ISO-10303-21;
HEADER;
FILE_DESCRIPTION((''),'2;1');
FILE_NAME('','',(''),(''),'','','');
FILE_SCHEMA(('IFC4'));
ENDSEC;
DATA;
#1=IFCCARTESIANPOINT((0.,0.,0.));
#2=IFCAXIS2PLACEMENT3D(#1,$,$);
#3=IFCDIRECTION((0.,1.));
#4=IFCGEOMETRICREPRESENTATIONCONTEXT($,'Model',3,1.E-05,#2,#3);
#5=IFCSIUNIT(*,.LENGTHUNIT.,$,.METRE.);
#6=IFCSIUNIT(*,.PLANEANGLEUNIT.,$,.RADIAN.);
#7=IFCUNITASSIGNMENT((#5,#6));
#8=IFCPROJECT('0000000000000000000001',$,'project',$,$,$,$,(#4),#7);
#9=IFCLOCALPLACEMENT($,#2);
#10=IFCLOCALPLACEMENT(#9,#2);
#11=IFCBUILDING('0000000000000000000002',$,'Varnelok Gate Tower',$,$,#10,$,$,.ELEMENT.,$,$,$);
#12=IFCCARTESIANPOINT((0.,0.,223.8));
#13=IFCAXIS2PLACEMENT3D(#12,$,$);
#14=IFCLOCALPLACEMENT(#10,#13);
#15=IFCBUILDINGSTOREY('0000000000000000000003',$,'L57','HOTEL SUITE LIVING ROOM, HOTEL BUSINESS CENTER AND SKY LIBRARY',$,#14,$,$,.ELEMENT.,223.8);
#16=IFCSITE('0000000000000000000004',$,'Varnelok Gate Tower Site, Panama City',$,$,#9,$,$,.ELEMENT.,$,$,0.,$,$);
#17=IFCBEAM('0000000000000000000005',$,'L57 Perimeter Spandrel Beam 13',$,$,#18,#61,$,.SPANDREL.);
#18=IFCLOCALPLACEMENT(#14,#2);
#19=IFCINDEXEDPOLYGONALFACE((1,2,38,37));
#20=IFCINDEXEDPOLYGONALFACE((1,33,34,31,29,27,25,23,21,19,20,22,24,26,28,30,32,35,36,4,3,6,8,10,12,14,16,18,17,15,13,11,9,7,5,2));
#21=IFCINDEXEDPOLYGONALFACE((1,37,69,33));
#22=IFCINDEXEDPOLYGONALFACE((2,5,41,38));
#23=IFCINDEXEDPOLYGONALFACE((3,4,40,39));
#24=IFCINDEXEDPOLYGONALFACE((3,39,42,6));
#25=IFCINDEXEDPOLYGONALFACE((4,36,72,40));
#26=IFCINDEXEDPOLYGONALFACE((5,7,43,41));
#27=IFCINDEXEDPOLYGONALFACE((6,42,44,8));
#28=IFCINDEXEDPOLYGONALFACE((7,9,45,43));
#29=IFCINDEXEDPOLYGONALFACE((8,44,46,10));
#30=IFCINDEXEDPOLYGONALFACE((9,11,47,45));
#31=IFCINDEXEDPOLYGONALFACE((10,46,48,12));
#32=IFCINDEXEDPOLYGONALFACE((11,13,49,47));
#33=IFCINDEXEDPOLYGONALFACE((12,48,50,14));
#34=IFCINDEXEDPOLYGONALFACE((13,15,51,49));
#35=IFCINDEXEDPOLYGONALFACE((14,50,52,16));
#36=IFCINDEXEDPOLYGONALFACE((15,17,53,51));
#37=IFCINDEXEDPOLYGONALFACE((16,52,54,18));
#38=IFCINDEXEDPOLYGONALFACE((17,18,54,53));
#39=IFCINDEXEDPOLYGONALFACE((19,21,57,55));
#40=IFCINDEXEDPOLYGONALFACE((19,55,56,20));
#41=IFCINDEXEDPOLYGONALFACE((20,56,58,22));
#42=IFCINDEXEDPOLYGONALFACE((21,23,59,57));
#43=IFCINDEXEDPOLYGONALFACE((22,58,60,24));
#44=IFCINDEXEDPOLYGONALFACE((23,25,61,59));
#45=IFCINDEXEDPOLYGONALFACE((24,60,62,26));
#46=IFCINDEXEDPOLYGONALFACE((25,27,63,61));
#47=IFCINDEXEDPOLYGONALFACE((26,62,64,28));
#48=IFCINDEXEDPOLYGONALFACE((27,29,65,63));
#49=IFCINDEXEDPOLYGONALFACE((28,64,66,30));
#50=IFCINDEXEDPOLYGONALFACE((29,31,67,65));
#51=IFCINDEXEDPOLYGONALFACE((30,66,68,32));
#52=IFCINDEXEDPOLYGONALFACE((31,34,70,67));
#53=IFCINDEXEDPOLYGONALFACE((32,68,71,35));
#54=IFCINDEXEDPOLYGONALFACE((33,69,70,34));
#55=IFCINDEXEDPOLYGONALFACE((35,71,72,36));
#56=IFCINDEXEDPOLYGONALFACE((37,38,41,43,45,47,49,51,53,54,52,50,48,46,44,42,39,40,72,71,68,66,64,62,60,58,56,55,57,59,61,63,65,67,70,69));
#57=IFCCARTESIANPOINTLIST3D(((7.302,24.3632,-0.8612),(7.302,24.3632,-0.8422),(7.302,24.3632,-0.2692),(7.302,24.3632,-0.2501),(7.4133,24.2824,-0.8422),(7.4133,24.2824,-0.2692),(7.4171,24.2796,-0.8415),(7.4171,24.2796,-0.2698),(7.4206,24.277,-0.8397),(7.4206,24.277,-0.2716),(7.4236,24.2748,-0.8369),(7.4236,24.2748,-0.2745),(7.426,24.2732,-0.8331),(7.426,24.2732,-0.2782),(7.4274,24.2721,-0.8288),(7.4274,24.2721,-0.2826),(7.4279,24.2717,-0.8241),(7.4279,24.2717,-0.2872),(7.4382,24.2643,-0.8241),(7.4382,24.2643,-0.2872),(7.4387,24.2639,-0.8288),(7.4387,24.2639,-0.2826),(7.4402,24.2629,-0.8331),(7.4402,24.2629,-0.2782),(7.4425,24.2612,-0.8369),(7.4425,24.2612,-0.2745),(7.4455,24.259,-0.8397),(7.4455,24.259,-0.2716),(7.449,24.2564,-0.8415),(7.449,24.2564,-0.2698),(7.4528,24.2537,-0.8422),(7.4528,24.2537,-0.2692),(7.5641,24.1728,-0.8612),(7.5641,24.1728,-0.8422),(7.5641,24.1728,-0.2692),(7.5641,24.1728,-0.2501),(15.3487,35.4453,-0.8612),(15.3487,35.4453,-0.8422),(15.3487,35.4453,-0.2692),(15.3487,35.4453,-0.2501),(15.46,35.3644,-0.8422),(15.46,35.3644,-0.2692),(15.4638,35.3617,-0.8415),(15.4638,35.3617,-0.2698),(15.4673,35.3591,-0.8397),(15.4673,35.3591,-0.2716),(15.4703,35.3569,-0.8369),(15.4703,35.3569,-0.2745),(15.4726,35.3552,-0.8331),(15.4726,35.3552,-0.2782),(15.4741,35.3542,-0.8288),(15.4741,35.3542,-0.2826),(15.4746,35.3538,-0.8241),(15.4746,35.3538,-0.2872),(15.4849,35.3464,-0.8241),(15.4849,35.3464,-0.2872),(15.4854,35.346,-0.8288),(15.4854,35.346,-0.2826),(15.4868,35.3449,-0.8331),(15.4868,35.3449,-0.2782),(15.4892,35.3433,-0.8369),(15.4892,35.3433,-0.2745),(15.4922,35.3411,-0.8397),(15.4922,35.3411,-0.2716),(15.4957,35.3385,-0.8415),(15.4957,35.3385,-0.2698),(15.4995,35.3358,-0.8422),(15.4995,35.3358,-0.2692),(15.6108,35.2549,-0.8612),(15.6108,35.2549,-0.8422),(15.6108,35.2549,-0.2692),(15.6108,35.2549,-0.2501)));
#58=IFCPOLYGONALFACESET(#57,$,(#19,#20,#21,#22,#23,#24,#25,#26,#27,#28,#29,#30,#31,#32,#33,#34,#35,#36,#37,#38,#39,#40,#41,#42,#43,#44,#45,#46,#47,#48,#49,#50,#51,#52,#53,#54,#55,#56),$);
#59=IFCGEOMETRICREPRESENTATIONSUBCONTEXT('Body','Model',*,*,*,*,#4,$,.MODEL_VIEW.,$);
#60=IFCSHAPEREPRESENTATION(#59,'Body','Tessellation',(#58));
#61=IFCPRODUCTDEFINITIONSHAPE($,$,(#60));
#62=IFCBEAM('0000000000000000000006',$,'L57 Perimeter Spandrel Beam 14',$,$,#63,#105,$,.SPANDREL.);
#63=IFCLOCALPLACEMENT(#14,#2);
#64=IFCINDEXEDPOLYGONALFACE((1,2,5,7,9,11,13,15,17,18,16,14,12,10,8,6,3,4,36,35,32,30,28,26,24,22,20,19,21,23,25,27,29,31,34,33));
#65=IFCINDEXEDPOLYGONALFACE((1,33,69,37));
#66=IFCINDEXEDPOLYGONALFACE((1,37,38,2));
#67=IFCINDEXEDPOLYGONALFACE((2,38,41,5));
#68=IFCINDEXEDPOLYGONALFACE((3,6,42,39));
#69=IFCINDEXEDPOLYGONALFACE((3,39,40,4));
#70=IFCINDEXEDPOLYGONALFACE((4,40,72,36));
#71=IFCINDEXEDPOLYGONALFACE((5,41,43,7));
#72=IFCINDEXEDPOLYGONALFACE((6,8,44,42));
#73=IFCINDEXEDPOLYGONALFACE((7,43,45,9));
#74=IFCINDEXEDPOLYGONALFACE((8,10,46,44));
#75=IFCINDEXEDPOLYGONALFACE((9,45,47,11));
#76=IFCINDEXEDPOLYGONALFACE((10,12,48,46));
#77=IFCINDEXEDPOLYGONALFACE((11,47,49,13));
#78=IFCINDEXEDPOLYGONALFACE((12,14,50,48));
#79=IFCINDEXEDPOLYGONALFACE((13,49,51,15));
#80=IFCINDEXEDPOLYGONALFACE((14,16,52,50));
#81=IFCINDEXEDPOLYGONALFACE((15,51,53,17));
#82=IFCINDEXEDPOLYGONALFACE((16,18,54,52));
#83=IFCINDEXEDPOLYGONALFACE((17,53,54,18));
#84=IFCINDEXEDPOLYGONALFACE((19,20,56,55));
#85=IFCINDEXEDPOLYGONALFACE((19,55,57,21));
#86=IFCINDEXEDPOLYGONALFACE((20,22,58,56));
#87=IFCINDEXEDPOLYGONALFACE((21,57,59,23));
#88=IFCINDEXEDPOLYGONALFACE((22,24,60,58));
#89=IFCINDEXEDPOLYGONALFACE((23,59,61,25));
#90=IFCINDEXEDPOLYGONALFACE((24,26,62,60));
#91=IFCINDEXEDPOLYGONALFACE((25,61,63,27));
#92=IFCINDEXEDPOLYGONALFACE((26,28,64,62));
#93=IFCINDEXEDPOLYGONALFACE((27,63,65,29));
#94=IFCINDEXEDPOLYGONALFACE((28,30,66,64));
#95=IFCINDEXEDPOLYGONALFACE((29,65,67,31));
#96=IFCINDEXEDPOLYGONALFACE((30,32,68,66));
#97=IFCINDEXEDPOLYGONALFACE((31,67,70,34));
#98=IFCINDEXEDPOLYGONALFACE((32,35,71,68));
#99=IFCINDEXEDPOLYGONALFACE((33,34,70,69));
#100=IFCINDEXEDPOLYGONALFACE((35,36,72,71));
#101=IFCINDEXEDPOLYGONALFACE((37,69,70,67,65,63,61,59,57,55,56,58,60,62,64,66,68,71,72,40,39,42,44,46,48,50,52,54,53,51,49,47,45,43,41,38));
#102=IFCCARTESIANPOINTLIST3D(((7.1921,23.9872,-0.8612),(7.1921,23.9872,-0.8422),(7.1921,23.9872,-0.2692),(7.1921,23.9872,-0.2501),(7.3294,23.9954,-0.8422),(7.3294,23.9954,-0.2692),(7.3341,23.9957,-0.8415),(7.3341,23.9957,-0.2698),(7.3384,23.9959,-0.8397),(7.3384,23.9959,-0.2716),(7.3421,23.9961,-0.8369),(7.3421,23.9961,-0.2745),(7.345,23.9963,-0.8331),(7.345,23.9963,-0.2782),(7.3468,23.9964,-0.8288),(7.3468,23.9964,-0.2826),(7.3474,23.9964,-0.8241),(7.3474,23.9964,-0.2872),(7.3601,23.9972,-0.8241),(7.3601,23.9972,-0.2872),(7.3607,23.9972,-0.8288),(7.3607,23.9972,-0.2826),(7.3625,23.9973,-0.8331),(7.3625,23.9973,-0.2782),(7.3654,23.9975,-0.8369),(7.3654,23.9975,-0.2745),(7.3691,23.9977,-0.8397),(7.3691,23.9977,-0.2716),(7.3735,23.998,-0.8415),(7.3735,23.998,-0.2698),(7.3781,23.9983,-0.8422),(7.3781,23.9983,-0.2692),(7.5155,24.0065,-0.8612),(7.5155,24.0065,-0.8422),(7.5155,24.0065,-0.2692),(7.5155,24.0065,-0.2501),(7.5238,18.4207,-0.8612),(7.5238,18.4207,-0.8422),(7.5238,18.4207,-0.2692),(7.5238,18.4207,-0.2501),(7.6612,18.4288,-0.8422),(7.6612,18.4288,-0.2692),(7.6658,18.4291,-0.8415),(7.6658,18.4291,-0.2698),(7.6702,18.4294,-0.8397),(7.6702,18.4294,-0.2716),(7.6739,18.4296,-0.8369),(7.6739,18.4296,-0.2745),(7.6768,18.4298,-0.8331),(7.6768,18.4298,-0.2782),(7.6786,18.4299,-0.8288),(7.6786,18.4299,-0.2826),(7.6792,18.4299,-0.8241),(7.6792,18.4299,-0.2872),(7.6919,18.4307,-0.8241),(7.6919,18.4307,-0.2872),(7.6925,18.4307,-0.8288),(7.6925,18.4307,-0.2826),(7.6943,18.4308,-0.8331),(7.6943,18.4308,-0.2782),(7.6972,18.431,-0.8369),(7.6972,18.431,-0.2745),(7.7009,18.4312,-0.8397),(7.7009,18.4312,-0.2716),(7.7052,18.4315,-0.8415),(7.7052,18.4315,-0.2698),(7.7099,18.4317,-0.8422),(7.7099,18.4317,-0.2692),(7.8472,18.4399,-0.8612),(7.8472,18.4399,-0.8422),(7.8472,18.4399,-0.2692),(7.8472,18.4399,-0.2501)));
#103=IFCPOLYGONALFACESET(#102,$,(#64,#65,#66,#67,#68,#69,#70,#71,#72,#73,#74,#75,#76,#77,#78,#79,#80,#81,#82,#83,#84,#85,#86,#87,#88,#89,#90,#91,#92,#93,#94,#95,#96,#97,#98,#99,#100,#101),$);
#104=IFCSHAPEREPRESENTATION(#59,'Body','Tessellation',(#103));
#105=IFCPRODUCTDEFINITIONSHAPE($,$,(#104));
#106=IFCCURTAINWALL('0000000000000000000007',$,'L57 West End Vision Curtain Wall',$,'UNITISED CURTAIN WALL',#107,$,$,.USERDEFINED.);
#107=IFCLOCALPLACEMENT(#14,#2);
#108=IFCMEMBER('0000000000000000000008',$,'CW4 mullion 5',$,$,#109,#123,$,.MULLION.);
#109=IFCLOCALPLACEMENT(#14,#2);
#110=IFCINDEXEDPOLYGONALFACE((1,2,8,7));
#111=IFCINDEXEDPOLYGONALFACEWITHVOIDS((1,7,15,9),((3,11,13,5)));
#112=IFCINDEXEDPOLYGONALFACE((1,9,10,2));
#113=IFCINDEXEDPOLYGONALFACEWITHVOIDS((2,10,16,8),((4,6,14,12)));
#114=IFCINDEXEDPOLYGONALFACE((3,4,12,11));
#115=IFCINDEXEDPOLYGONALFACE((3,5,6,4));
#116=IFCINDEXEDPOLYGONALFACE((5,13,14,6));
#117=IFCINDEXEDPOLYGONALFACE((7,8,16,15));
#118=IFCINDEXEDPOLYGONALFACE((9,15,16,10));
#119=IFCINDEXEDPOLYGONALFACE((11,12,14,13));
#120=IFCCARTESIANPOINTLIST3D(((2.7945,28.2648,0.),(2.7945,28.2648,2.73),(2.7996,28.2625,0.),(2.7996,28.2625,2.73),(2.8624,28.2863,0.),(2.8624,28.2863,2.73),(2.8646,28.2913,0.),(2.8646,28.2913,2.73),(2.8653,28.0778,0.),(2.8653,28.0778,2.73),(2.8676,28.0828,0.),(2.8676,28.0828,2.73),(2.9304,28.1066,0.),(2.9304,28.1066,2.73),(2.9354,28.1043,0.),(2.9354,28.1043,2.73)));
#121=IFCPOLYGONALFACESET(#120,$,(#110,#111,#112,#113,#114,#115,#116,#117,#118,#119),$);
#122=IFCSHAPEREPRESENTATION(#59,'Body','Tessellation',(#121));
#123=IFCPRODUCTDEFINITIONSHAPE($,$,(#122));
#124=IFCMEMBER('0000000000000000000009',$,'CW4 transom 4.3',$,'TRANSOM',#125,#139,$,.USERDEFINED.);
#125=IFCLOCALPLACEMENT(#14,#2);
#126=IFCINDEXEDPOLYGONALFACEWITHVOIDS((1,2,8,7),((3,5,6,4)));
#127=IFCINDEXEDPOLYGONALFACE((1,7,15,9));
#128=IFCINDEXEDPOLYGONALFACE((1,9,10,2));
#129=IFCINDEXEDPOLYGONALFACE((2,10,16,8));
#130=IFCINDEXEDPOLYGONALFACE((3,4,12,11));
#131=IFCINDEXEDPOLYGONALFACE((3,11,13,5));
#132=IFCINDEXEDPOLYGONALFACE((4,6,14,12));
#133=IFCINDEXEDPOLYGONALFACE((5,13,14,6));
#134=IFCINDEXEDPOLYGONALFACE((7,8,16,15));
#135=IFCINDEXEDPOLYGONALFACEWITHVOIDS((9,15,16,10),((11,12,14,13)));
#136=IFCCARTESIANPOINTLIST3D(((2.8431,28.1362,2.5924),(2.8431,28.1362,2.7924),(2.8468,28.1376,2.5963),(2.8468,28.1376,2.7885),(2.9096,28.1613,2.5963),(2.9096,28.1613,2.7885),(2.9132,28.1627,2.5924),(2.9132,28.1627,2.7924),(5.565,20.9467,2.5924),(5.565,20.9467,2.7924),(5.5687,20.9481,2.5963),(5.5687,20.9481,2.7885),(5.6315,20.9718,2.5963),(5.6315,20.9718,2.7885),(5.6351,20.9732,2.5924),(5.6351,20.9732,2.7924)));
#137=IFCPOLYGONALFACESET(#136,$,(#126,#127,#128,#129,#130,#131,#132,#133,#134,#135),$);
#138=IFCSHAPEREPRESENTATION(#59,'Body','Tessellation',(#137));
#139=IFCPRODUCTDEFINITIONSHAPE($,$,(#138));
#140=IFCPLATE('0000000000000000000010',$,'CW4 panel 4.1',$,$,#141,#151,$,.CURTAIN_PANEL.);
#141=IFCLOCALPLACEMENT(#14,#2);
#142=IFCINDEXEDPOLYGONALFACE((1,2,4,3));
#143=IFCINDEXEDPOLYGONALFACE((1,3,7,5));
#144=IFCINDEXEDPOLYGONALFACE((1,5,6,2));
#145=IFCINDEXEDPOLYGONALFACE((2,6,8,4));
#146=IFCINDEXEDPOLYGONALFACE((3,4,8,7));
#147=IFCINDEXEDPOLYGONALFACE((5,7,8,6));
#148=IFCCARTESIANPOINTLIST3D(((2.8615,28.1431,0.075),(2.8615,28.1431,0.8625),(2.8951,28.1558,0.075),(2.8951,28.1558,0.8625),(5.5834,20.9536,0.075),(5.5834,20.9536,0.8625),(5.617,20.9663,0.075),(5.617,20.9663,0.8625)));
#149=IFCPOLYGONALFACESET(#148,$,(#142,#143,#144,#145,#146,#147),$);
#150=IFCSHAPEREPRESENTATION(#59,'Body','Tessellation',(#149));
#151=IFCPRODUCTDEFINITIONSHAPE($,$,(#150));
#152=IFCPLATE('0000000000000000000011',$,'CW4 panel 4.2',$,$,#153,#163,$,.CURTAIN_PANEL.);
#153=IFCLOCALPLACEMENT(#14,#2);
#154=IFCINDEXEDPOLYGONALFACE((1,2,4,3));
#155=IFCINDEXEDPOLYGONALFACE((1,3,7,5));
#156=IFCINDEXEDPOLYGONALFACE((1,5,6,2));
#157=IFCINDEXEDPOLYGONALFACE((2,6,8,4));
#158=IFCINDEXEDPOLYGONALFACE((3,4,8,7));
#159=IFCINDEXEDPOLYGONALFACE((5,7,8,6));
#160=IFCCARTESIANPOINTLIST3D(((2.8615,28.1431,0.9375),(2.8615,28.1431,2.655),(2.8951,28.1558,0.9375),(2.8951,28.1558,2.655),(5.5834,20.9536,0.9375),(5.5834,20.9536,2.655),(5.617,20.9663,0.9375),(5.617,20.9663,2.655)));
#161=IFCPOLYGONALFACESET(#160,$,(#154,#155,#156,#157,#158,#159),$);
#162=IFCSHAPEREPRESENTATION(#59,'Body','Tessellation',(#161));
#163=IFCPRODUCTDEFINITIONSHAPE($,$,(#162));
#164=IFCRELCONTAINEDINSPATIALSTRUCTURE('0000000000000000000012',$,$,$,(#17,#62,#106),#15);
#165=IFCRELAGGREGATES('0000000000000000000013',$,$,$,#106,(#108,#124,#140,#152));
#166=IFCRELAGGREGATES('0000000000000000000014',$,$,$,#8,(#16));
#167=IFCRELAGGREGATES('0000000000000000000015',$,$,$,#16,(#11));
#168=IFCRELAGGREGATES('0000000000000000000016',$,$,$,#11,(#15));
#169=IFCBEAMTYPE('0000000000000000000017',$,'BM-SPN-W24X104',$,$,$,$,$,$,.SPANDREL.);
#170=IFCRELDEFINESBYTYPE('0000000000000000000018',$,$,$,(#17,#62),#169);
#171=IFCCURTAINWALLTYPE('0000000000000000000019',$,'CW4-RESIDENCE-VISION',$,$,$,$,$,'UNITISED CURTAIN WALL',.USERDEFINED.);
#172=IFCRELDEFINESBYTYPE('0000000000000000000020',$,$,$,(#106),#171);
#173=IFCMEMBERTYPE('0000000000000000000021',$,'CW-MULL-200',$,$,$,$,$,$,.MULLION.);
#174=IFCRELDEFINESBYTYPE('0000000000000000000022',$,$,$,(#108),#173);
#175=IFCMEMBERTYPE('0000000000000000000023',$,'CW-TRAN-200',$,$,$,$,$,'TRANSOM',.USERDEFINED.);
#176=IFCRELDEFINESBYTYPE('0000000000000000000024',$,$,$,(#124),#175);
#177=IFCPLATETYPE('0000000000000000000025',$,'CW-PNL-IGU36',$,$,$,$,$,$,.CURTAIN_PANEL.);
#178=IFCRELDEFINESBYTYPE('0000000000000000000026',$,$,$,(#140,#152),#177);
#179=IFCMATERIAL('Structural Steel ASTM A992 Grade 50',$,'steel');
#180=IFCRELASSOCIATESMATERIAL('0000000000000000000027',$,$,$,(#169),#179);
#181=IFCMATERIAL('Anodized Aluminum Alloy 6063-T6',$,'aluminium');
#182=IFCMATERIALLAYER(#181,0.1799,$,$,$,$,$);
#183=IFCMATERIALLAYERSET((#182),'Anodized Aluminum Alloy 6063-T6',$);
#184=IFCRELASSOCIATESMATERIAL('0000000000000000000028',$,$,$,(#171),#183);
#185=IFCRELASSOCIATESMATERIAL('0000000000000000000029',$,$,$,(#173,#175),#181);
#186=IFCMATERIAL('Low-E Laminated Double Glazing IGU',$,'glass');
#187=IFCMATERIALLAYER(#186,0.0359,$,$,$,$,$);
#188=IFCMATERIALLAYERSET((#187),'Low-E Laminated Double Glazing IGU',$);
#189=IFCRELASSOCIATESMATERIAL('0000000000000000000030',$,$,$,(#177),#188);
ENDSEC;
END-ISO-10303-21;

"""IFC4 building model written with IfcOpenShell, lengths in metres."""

from ifc_helpers import new_model, si_unit, direction, frame, origin, origin_2d, place, context, subcontext, project, spatial, rectangle, hollow_rectangle, i_section, extrude, source, transform, mapped, material, layer, layer_set, material_profile, profile_set, type_object, element, aggregate, save


model = new_model("IFC4")

# Units and contexts
model_context = context("Model", 3, precision=1e-05, world=origin(), true_north=direction((0.0, 1.0)))
body_context = subcontext(model_context, "Body", "Model", "MODEL_VIEW")
ifc_project = project(units=[si_unit("LENGTHUNIT", "METRE"), si_unit("PLANEANGLEUNIT", "RADIAN")], contexts=[model_context])

# Site, building, storey
site_placement = place(None, origin())
site = spatial("IfcSite", under=ifc_project, at=site_placement, Name="Varnelok Gate Tower Site, Panama City", CompositionType="ELEMENT", RefElevation=0.0)
building_placement = place(site_placement, origin())
building = spatial("IfcBuilding", under=site, at=building_placement, Name="Varnelok Gate Tower", CompositionType="ELEMENT")
storey_placement = place(building_placement, frame((0.0, 0.0, 223.8)))
storey = spatial("IfcBuildingStorey", under=building, at=storey_placement, Name="L57", Description="HOTEL SUITE LIVING ROOM, HOTEL BUSINESS CENTER AND SKY LIBRARY", CompositionType="ELEMENT", Elevation=223.8)

# Shared definitions
ifc_material_1 = material(Name="Structural Steel ASTM A992 Grade 50", Category="steel")

# Beams
ifc_material_profile_1 = material_profile(ifc_material_1, i_section(OverallWidth=0.324, OverallDepth=0.6111, WebThickness=0.0127, FlangeThickness=0.019, FilletRadius=0.0181, at=origin_2d()), Name="W24X104")
ifc_profile_set_1 = profile_set([ifc_material_profile_1], Name="Structural Steel ASTM A992 Grade 50")
beam_type_1 = type_object("IfcBeamType", Name="BM-SPN-W24X104", PredefinedType="SPANDREL", material=ifc_profile_set_1)
beam_1_placement = place(storey_placement, frame((15.4797, 35.3501, -0.5557), z_axis=(-0.587549, -0.809188, 0.0), x_axis=(0.809188, -0.587549, 0.0)))
element("IfcBeam", 1, at=beam_1_placement, inside=storey, type_object=beam_type_1, Name="L57 Perimeter Spandrel Beam 13", PredefinedType="SPANDREL", context=body_context, shape_type="SweptSolid", body=[
    extrude(i_section(OverallWidth=0.324, OverallDepth=0.6111, WebThickness=0.0127, FlangeThickness=0.019, FilletRadius=0.0181, at=origin_2d()), origin(), (0.0, 0.0, 1.0), 13.6953),
])
beam_2_placement = place(storey_placement, frame((7.3538, 23.9968, -0.5557), z_axis=(0.059497, -0.998228, 0.0), x_axis=(0.998228, 0.059497, 0.0)))
element("IfcBeam", 2, at=beam_2_placement, inside=storey, type_object=beam_type_1, Name="L57 Perimeter Spandrel Beam 14", PredefinedType="SPANDREL", context=body_context, shape_type="SweptSolid", body=[
    extrude(i_section(OverallWidth=0.324, OverallDepth=0.6111, WebThickness=0.0127, FlangeThickness=0.019, FilletRadius=0.0181, at=origin_2d()), origin(), (0.0, 0.0, 1.0), 5.5764),
])

# Curtain wall, members, plates
ifc_material_2 = material(Name="Anodized Aluminum Alloy 6063-T6", Category="aluminium")
ifc_layer_1 = layer(ifc_material_2, 0.1799)
ifc_layer_set_1 = layer_set([ifc_layer_1], Name="Anodized Aluminum Alloy 6063-T6")
curtain_wall_type = type_object("IfcCurtainWallType", Name="CW4-RESIDENCE-VISION", ElementType="UNITISED CURTAIN WALL", PredefinedType="USERDEFINED", material=ifc_layer_set_1)
curtain_wall_placement = place(storey_placement, origin())
curtain_wall = element("IfcCurtainWall", 3, at=curtain_wall_placement, inside=storey, type_object=curtain_wall_type, Name="L57 West End Vision Curtain Wall", ObjectType="UNITISED CURTAIN WALL", PredefinedType="USERDEFINED")
ifc_material_profile_2 = material_profile(ifc_material_2, hollow_rectangle(XDim=0.075, YDim=0.2, WallThickness=0.0039, at=origin_2d()), Name="ALU200X75X4")
ifc_profile_set_2 = profile_set([ifc_material_profile_2], Name="Anodized Aluminum Alloy 6063-T6")
member_type_1 = type_object("IfcMemberType", Name="CW-MULL-200", PredefinedType="MULLION", material=ifc_profile_set_2)
member_1_placement = place(storey_placement, frame((2.865, 28.1846, 0.0), z_axis=(0.0, 0.0, 1.0), x_axis=(-0.935222, -0.354063, 0.0)))
member_1 = element("IfcMember", 4, at=member_1_placement, type_object=member_type_1, Name="CW4 mullion 5", PredefinedType="MULLION", context=body_context, shape_type="SweptSolid", body=[
    extrude(hollow_rectangle(XDim=0.075, YDim=0.2, WallThickness=0.0039, at=origin_2d()), origin(), (0.0, 0.0, 1.0), 2.73),
])
ifc_material_profile_3 = material_profile(ifc_material_2, hollow_rectangle(XDim=0.075, YDim=0.2, WallThickness=0.0039, at=origin_2d()), Name="ALU200X75X4")
ifc_profile_set_3 = profile_set([ifc_material_profile_3], Name="Anodized Aluminum Alloy 6063-T6")
member_type_2 = type_object("IfcMemberType", Name="CW-TRAN-200", ElementType="TRANSOM", PredefinedType="USERDEFINED", material=ifc_profile_set_3)
member_2_placement = place(storey_placement, frame((5.6001, 20.96, 2.6924), z_axis=(-0.354073, 0.935218, 0.0), x_axis=(-0.935218, -0.354073, 0.0)))
member_2 = element("IfcMember", 5, at=member_2_placement, type_object=member_type_2, Name="CW4 transom 4.3", ObjectType="TRANSOM", PredefinedType="USERDEFINED", context=body_context, shape_type="SweptSolid", body=[
    extrude(hollow_rectangle(XDim=0.075, YDim=0.2, WallThickness=0.0039, at=origin_2d()), origin(), (0.0, 0.0, 1.0), 7.6875),
])
ifc_material_3 = material(Name="Low-E Laminated Double Glazing IGU", Category="glass")
ifc_layer_2 = layer(ifc_material_3, 0.0359)
ifc_layer_set_2 = layer_set([ifc_layer_2], Name="Low-E Laminated Double Glazing IGU")
plate_type = type_object("IfcPlateType", Name="CW-PNL-IGU36", PredefinedType="CURTAIN_PANEL", material=ifc_layer_set_2)
shared_shape_1 = source(origin(), body_context, "Body", "SweptSolid", [
    extrude(rectangle(XDim=7.6875, YDim=0.0359, at=origin_2d()), origin(), (0.0, 0.0, 1.0), 0.7876),
])
plate_1_placement = place(storey_placement, frame((4.2393, 24.5547, 0.075), z_axis=(0.0, 0.0, 1.0), x_axis=(-0.354063, 0.935222, 0.0)))
plate_1 = element("IfcPlate", 6, at=plate_1_placement, type_object=plate_type, Name="CW4 panel 4.1", PredefinedType="CURTAIN_PANEL", context=body_context, shape_type="MappedRepresentation", body=[
    mapped(shared_shape_1, transform((0.0, 0.0, 0.0), scale=1.0)),
])
shared_shape_2 = source(origin(), body_context, "Body", "SweptSolid", [
    extrude(rectangle(XDim=7.6875, YDim=0.0359, at=origin_2d()), origin(), (0.0, 0.0, 1.0), 1.7175),
])
plate_2_placement = place(storey_placement, frame((4.2393, 24.5547, 0.9375), z_axis=(0.0, 0.0, 1.0), x_axis=(-0.354063, 0.935222, 0.0)))
plate_2 = element("IfcPlate", 7, at=plate_2_placement, type_object=plate_type, Name="CW4 panel 4.2", PredefinedType="CURTAIN_PANEL", context=body_context, shape_type="MappedRepresentation", body=[
    mapped(shared_shape_2, transform((0.0, 0.0, 0.0), scale=1.0)),
])
aggregate(curtain_wall, [member_1, member_2, plate_1, plate_2])

save(model, "model.ifc")
